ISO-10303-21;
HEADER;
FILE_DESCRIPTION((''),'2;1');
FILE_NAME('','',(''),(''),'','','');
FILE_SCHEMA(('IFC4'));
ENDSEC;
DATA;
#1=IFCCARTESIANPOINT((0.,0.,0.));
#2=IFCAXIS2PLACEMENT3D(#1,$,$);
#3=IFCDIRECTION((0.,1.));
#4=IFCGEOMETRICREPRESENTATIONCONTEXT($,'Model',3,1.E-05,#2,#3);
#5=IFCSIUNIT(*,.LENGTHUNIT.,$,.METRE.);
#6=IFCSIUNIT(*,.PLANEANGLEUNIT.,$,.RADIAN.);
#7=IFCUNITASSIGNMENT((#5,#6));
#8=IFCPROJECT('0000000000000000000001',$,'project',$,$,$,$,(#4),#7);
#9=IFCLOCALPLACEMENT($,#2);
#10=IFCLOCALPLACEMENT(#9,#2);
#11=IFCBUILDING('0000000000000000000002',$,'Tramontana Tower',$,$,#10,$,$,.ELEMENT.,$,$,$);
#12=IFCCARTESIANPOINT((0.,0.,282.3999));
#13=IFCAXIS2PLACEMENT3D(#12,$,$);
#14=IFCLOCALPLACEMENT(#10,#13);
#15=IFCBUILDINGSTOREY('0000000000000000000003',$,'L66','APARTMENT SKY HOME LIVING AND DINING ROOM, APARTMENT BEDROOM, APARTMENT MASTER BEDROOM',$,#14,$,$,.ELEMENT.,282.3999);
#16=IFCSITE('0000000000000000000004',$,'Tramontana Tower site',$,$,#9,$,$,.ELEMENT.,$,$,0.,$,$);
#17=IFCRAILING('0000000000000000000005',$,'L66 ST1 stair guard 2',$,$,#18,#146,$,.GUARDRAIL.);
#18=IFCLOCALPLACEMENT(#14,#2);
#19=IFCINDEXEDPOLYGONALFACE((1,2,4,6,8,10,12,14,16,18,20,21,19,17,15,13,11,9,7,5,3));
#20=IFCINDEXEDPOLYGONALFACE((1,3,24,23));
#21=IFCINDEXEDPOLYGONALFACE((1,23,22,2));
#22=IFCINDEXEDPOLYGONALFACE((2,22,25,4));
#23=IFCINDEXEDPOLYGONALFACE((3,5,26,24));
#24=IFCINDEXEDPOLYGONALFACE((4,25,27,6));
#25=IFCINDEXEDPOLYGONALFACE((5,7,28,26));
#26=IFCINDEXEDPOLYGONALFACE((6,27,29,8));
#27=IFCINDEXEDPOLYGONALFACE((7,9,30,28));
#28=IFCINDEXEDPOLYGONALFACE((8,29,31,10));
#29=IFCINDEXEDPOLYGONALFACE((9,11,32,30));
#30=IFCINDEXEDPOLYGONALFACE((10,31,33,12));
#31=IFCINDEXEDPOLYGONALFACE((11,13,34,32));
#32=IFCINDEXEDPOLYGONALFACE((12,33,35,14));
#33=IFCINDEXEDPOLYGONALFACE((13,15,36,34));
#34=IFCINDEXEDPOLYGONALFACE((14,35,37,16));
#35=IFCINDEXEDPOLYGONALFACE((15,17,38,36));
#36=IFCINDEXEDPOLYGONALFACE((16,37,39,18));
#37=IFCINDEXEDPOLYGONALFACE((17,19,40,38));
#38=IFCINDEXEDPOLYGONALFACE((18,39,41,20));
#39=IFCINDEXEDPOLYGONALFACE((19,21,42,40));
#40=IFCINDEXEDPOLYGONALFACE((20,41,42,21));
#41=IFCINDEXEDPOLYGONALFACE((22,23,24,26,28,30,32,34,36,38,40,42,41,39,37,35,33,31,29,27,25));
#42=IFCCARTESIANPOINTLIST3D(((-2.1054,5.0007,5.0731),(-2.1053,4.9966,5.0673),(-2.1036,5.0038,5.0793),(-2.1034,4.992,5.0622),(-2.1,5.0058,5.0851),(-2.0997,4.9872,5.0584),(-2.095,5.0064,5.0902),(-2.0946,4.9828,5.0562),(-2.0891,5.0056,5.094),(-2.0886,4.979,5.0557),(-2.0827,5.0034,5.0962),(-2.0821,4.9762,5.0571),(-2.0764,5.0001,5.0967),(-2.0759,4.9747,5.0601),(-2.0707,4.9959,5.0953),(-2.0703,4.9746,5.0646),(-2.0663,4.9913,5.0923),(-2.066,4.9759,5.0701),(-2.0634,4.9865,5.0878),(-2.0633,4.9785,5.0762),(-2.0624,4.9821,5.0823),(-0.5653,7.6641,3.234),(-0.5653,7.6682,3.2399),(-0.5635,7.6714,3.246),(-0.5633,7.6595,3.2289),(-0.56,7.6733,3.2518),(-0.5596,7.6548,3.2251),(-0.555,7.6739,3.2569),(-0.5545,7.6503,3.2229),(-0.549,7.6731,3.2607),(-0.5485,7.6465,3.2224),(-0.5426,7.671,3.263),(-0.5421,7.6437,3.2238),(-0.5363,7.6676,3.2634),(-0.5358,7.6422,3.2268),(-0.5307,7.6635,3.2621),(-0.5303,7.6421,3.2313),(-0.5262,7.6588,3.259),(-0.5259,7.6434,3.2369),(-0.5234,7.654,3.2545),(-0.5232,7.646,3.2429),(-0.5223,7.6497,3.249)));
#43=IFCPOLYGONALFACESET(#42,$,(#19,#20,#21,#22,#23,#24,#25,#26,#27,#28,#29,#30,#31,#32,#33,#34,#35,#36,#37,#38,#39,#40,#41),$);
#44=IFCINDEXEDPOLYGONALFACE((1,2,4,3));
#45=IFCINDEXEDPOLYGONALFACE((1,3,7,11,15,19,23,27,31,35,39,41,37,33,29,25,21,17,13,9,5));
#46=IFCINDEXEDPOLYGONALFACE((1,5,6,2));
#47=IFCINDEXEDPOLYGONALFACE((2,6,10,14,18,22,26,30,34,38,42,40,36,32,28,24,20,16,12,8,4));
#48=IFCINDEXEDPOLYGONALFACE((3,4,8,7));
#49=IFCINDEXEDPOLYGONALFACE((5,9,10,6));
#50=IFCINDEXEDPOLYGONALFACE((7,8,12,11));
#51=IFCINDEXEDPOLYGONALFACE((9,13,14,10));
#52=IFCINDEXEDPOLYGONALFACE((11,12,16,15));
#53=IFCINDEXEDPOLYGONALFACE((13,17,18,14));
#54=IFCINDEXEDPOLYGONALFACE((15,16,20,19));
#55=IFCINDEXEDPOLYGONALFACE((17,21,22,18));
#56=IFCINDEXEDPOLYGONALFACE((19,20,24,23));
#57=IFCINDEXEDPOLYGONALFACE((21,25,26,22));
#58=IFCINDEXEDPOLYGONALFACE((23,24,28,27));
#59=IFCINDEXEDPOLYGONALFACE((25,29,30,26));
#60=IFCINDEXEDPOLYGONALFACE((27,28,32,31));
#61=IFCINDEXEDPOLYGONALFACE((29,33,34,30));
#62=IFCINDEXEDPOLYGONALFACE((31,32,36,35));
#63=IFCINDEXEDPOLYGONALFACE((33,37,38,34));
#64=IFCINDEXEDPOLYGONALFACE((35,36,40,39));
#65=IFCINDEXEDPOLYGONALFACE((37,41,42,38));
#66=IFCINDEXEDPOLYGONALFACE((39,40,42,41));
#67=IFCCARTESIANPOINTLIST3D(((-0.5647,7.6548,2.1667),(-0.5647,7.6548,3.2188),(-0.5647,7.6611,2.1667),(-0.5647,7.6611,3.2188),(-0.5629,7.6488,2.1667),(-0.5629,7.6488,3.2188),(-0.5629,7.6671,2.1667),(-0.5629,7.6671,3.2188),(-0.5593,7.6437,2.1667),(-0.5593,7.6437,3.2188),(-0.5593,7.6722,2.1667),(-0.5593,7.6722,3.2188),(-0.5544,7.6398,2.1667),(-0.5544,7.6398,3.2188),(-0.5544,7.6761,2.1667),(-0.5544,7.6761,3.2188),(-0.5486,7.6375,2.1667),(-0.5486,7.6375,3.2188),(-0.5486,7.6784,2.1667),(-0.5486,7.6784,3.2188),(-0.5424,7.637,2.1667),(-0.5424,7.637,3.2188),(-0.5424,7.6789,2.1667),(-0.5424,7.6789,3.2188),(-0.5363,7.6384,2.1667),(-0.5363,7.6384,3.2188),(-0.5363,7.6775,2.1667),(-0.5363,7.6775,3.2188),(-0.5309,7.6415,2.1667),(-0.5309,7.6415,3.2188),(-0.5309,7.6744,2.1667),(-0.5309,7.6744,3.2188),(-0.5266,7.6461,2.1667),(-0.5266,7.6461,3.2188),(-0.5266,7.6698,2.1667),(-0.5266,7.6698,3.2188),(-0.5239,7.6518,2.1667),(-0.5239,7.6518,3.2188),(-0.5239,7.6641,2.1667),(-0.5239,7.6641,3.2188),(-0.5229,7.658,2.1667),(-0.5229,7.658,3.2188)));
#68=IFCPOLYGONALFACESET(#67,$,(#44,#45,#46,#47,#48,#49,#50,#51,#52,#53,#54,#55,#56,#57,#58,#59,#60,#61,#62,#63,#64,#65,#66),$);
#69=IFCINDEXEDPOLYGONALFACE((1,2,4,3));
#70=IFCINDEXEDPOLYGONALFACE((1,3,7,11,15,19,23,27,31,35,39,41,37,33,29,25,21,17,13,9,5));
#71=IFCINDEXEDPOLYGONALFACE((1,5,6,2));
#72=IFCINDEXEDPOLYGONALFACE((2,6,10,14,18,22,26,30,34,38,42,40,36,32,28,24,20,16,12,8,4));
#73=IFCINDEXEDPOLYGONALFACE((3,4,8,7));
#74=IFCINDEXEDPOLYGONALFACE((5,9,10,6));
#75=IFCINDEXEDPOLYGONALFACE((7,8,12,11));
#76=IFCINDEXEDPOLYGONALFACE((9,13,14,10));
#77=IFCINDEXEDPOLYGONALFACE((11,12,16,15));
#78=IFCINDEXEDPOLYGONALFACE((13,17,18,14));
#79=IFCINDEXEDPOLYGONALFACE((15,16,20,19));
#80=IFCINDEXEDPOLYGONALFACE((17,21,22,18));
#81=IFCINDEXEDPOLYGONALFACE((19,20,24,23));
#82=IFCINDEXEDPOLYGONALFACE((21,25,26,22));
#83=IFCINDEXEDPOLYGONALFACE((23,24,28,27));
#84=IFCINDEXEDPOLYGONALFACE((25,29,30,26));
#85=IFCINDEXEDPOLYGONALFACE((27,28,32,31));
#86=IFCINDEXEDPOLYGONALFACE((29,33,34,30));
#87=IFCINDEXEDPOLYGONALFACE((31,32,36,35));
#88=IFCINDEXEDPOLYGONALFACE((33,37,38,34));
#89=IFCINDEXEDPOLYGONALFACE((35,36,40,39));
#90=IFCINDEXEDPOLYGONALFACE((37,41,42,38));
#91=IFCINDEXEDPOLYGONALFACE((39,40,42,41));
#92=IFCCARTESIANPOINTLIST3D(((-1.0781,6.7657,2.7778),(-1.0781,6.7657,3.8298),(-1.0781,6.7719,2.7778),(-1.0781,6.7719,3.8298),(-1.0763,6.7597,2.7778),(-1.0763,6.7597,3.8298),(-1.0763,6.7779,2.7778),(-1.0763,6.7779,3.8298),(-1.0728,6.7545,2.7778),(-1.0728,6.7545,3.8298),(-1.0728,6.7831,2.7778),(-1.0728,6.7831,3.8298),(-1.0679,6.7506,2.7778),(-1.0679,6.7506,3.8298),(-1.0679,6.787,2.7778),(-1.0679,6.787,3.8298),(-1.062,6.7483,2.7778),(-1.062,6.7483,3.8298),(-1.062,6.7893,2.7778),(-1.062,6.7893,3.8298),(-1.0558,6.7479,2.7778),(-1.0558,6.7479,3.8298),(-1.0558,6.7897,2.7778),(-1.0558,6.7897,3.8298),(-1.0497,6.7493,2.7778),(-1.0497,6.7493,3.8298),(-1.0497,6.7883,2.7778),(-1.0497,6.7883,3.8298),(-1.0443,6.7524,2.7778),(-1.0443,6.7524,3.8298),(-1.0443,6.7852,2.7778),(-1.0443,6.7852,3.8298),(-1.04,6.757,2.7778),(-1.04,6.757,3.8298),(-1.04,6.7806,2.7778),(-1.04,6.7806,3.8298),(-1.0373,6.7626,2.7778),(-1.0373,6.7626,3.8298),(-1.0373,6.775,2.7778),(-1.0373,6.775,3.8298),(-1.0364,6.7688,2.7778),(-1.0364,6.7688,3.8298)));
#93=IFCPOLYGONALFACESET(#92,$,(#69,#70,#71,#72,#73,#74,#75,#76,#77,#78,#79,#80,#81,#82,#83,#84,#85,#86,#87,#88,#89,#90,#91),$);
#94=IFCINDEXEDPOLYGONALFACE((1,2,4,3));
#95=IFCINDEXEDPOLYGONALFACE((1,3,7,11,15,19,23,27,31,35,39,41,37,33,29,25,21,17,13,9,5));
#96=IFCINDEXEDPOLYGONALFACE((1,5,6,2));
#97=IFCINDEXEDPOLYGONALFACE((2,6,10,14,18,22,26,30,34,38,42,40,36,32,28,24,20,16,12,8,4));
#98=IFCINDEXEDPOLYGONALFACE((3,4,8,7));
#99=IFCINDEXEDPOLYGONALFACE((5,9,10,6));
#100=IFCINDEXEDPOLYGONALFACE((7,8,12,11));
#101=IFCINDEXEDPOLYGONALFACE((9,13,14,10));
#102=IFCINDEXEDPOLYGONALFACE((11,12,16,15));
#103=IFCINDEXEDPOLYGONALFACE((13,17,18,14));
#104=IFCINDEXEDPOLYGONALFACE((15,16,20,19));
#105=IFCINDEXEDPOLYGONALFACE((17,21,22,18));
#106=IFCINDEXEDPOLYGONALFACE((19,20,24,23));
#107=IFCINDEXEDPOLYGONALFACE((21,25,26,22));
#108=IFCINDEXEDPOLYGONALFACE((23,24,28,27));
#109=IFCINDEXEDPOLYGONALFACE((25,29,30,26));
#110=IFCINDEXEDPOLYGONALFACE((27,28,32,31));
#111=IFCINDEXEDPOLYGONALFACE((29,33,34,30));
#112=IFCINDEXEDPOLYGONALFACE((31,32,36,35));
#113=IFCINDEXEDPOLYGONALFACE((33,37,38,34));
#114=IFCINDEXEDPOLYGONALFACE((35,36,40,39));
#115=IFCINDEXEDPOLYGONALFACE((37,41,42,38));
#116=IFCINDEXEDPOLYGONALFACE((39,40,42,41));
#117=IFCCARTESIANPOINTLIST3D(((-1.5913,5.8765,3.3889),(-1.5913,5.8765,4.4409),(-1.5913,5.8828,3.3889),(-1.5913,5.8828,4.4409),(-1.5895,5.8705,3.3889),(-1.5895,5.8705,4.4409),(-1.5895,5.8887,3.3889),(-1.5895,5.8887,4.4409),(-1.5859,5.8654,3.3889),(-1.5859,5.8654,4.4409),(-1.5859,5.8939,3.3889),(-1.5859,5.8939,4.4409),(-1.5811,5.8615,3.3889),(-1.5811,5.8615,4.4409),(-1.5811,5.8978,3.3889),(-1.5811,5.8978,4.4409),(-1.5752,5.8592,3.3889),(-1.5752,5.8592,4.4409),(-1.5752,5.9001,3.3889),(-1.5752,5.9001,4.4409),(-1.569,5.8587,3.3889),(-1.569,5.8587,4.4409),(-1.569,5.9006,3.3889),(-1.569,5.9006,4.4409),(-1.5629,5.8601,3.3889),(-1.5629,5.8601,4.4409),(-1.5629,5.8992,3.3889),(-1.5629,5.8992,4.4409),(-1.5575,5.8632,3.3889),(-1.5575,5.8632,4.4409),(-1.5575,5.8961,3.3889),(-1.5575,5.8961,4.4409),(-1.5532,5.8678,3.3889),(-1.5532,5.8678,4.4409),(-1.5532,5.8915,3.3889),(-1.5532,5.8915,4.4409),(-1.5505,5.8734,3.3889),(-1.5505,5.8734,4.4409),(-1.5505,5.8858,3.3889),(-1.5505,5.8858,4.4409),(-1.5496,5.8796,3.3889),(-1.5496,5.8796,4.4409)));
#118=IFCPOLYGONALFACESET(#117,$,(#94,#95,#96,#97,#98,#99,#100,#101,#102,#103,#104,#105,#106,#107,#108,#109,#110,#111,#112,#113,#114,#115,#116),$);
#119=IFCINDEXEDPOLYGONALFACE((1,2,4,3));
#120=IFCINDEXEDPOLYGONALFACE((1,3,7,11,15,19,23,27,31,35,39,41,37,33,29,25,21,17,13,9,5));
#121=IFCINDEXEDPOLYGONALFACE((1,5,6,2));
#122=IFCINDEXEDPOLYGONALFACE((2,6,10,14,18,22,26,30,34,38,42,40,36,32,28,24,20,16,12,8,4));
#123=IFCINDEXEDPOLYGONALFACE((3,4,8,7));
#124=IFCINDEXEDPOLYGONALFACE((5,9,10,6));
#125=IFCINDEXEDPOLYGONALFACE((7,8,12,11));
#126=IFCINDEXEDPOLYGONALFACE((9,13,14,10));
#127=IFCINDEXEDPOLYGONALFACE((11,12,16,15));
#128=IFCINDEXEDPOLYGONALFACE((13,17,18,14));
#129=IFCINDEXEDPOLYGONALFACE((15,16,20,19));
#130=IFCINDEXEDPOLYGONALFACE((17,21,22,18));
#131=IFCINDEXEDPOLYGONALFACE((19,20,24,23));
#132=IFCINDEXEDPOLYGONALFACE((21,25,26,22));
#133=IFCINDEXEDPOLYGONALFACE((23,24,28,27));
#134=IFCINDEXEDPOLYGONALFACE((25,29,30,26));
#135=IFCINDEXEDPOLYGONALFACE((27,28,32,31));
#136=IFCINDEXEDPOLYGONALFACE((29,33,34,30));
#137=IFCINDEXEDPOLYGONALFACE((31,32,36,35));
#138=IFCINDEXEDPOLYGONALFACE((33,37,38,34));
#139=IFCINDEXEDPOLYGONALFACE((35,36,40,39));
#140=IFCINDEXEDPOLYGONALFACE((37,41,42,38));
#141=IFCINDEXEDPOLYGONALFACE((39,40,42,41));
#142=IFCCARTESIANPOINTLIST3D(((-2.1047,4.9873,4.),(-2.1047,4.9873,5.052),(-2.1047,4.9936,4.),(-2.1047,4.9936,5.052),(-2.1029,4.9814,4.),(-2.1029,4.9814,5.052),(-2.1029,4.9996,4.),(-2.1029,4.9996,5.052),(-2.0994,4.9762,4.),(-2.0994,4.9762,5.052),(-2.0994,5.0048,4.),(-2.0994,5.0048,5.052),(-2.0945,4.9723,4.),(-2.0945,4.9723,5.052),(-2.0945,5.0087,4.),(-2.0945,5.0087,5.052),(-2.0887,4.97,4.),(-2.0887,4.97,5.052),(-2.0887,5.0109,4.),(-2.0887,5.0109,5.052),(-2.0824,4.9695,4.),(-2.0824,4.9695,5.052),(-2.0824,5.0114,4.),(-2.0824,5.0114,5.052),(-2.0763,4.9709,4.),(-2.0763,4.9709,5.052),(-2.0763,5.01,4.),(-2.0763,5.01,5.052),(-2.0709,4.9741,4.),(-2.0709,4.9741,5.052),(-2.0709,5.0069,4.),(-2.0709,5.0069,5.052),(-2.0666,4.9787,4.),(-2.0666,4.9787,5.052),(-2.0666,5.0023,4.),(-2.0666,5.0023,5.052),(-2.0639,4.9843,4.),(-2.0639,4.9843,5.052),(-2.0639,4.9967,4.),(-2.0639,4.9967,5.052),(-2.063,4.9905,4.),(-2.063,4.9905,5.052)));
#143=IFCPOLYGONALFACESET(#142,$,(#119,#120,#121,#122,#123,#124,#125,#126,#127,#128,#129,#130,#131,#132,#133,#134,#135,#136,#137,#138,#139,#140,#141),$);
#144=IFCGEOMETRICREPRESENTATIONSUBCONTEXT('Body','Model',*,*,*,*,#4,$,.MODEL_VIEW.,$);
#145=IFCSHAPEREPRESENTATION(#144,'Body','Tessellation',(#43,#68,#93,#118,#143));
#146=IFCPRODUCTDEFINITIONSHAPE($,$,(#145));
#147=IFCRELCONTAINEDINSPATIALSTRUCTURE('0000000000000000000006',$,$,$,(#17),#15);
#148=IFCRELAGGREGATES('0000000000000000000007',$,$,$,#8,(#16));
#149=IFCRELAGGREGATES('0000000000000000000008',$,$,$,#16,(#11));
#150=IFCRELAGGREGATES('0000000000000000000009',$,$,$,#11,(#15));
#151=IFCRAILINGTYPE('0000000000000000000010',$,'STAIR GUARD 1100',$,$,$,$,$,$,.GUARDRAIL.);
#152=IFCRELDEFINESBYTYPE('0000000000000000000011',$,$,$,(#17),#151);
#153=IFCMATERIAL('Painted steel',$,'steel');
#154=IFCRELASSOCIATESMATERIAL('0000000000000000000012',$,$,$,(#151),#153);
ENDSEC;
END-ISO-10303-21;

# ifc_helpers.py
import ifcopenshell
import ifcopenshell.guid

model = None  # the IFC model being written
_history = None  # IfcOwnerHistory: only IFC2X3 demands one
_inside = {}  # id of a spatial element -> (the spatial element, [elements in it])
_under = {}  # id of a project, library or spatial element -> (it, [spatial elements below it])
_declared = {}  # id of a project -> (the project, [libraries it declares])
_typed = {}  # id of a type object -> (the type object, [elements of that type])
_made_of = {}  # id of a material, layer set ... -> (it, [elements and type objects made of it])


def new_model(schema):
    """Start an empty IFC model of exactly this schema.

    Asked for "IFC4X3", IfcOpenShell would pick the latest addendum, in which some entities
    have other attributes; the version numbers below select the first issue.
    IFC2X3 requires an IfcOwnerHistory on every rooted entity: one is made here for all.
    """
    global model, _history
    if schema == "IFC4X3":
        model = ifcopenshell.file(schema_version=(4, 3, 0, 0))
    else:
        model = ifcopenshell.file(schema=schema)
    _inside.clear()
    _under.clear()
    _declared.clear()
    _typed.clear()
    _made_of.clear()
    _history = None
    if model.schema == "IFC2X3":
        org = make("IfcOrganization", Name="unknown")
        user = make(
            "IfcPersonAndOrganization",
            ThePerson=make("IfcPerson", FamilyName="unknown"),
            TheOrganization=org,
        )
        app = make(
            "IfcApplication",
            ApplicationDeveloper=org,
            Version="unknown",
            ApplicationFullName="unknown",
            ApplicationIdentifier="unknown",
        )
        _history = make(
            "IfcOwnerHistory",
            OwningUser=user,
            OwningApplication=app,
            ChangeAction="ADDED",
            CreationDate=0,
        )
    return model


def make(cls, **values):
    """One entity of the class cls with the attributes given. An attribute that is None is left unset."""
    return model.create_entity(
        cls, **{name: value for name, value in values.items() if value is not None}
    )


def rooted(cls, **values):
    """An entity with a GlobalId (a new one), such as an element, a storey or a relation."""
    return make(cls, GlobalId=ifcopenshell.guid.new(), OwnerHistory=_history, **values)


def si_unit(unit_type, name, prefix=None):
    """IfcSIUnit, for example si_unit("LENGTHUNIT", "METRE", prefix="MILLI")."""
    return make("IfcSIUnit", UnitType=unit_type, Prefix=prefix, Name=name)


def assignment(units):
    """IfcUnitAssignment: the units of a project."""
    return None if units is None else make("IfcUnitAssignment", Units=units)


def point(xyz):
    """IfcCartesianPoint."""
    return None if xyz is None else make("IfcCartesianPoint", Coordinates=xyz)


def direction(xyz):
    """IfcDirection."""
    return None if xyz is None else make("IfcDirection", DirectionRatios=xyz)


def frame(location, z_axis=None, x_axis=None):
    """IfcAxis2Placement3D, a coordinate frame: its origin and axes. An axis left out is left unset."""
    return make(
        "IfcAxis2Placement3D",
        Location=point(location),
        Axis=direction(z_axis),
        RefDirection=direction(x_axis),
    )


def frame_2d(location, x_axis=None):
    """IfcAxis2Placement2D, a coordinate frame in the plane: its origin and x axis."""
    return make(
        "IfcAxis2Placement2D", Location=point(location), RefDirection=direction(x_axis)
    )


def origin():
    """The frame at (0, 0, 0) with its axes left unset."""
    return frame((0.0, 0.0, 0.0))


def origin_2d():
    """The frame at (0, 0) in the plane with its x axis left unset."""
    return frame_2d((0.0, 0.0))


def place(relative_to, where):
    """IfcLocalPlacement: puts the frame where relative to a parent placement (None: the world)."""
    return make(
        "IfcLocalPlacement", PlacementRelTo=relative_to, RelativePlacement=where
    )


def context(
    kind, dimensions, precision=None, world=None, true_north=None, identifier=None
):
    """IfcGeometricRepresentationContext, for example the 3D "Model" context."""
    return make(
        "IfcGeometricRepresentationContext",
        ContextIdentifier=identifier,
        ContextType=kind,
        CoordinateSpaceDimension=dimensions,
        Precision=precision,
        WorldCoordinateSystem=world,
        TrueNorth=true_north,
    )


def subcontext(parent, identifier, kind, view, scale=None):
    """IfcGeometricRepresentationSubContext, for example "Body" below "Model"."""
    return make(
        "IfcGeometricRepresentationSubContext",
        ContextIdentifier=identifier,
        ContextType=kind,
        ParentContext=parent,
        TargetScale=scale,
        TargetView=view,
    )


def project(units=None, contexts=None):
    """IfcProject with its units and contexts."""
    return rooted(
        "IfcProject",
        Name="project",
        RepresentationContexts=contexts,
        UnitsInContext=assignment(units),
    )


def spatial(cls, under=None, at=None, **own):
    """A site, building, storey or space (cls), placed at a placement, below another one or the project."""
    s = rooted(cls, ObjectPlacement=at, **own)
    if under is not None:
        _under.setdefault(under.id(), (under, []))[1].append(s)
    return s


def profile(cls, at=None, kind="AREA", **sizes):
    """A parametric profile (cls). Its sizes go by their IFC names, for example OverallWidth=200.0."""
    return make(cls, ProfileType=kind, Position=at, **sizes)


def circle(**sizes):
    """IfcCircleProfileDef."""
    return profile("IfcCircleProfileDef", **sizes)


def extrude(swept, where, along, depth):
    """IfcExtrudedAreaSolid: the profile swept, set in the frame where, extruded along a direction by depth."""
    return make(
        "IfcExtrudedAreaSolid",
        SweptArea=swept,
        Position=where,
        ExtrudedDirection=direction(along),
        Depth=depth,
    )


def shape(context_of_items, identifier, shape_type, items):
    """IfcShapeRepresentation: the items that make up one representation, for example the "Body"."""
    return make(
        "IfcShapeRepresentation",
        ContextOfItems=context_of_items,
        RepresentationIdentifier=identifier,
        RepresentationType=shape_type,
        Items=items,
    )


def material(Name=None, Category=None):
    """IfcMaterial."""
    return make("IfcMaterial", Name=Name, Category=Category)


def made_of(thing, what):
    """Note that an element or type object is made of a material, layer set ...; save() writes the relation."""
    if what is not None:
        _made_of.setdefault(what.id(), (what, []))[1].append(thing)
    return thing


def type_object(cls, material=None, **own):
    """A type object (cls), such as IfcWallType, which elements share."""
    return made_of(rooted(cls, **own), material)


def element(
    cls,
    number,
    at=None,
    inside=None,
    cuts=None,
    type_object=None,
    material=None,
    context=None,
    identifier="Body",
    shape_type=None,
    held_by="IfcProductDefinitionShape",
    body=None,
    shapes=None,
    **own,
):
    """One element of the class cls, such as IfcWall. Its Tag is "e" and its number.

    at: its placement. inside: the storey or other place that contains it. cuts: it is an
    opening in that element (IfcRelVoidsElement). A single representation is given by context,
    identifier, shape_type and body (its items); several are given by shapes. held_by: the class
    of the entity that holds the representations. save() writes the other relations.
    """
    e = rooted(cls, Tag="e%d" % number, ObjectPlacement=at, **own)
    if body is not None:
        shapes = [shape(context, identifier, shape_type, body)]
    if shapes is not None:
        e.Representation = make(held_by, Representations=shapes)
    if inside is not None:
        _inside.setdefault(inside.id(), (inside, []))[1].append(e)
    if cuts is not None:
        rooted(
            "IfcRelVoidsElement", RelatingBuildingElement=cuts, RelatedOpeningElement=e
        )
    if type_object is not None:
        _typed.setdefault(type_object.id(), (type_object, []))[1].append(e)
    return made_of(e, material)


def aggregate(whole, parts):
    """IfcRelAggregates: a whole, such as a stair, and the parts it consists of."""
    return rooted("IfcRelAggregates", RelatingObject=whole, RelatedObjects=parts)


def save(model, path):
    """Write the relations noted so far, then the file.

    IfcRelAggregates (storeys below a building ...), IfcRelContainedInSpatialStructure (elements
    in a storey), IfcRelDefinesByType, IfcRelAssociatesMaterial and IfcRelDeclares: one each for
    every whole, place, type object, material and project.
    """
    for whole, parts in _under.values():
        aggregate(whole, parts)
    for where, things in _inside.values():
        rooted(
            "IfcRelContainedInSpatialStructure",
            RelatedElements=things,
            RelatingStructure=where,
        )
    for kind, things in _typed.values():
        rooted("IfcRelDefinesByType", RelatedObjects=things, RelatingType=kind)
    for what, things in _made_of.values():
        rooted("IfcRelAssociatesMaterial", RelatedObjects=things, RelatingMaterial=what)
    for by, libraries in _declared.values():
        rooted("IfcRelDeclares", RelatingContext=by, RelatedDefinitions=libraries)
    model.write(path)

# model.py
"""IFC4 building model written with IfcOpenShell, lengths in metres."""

from ifc_helpers import new_model, si_unit, direction, frame, origin, origin_2d, place, context, subcontext, project, spatial, circle, extrude, material, type_object, element, save


model = new_model("IFC4")

# Units and contexts
model_context = context("Model", 3, precision=1e-05, world=origin(), true_north=direction((0.0, 1.0)))
body_context = subcontext(model_context, "Body", "Model", "MODEL_VIEW")
ifc_project = project(units=[si_unit("LENGTHUNIT", "METRE"), si_unit("PLANEANGLEUNIT", "RADIAN")], contexts=[model_context])

# Site, building, storey
site_placement = place(None, origin())
site = spatial("IfcSite", under=ifc_project, at=site_placement, Name="Tramontana Tower site", CompositionType="ELEMENT", RefElevation=0.0)
building_placement = place(site_placement, origin())
building = spatial("IfcBuilding", under=site, at=building_placement, Name="Tramontana Tower", CompositionType="ELEMENT")
storey_placement = place(building_placement, frame((0.0, 0.0, 282.3999)))
storey = spatial("IfcBuildingStorey", under=building, at=storey_placement, Name="L66", Description="APARTMENT SKY HOME LIVING AND DINING ROOM, APARTMENT BEDROOM, APARTMENT MASTER BEDROOM", CompositionType="ELEMENT", Elevation=282.3999)

# Railing
ifc_material_1 = material(Name="Painted steel", Category="steel")
railing_type_1 = type_object("IfcRailingType", Name="STAIR GUARD 1100", PredefinedType="GUARDRAIL", material=ifc_material_1)
railing_1_placement = place(storey_placement, frame((-0.5439, 7.658, 2.1667)))
element("IfcRailing", 1, at=railing_1_placement, inside=storey, type_object=railing_type_1, Name="L66 ST1 stair guard 2", PredefinedType="GUARDRAIL", context=body_context, shape_type="SweptSolid", body=[
    extrude(circle(Radius=0.0239, at=origin_2d()), frame((0.0, 0.0, 1.0762), z_axis=(-0.429649, -0.74419, 0.511452), x_axis=(0.86603, -0.499992, 0.0)), (0.0, 0.0, 1.0), 3.5845),
    extrude(circle(Radius=0.021, at=origin_2d()), origin(), (0.0, 0.0, 1.0), 1.052),
    extrude(circle(Radius=0.021, at=origin_2d()), frame((-0.5134, -0.8892, 0.6111)), (0.0, 0.0, 1.0), 1.052),
    extrude(circle(Radius=0.021, at=origin_2d()), frame((-1.0266, -1.7783, 1.2222)), (0.0, 0.0, 1.0), 1.052),
    extrude(circle(Radius=0.021, at=origin_2d()), frame((-1.54, -2.6675, 1.8333)), (0.0, 0.0, 1.0), 1.052),
])

save(model, "model.ifc")
